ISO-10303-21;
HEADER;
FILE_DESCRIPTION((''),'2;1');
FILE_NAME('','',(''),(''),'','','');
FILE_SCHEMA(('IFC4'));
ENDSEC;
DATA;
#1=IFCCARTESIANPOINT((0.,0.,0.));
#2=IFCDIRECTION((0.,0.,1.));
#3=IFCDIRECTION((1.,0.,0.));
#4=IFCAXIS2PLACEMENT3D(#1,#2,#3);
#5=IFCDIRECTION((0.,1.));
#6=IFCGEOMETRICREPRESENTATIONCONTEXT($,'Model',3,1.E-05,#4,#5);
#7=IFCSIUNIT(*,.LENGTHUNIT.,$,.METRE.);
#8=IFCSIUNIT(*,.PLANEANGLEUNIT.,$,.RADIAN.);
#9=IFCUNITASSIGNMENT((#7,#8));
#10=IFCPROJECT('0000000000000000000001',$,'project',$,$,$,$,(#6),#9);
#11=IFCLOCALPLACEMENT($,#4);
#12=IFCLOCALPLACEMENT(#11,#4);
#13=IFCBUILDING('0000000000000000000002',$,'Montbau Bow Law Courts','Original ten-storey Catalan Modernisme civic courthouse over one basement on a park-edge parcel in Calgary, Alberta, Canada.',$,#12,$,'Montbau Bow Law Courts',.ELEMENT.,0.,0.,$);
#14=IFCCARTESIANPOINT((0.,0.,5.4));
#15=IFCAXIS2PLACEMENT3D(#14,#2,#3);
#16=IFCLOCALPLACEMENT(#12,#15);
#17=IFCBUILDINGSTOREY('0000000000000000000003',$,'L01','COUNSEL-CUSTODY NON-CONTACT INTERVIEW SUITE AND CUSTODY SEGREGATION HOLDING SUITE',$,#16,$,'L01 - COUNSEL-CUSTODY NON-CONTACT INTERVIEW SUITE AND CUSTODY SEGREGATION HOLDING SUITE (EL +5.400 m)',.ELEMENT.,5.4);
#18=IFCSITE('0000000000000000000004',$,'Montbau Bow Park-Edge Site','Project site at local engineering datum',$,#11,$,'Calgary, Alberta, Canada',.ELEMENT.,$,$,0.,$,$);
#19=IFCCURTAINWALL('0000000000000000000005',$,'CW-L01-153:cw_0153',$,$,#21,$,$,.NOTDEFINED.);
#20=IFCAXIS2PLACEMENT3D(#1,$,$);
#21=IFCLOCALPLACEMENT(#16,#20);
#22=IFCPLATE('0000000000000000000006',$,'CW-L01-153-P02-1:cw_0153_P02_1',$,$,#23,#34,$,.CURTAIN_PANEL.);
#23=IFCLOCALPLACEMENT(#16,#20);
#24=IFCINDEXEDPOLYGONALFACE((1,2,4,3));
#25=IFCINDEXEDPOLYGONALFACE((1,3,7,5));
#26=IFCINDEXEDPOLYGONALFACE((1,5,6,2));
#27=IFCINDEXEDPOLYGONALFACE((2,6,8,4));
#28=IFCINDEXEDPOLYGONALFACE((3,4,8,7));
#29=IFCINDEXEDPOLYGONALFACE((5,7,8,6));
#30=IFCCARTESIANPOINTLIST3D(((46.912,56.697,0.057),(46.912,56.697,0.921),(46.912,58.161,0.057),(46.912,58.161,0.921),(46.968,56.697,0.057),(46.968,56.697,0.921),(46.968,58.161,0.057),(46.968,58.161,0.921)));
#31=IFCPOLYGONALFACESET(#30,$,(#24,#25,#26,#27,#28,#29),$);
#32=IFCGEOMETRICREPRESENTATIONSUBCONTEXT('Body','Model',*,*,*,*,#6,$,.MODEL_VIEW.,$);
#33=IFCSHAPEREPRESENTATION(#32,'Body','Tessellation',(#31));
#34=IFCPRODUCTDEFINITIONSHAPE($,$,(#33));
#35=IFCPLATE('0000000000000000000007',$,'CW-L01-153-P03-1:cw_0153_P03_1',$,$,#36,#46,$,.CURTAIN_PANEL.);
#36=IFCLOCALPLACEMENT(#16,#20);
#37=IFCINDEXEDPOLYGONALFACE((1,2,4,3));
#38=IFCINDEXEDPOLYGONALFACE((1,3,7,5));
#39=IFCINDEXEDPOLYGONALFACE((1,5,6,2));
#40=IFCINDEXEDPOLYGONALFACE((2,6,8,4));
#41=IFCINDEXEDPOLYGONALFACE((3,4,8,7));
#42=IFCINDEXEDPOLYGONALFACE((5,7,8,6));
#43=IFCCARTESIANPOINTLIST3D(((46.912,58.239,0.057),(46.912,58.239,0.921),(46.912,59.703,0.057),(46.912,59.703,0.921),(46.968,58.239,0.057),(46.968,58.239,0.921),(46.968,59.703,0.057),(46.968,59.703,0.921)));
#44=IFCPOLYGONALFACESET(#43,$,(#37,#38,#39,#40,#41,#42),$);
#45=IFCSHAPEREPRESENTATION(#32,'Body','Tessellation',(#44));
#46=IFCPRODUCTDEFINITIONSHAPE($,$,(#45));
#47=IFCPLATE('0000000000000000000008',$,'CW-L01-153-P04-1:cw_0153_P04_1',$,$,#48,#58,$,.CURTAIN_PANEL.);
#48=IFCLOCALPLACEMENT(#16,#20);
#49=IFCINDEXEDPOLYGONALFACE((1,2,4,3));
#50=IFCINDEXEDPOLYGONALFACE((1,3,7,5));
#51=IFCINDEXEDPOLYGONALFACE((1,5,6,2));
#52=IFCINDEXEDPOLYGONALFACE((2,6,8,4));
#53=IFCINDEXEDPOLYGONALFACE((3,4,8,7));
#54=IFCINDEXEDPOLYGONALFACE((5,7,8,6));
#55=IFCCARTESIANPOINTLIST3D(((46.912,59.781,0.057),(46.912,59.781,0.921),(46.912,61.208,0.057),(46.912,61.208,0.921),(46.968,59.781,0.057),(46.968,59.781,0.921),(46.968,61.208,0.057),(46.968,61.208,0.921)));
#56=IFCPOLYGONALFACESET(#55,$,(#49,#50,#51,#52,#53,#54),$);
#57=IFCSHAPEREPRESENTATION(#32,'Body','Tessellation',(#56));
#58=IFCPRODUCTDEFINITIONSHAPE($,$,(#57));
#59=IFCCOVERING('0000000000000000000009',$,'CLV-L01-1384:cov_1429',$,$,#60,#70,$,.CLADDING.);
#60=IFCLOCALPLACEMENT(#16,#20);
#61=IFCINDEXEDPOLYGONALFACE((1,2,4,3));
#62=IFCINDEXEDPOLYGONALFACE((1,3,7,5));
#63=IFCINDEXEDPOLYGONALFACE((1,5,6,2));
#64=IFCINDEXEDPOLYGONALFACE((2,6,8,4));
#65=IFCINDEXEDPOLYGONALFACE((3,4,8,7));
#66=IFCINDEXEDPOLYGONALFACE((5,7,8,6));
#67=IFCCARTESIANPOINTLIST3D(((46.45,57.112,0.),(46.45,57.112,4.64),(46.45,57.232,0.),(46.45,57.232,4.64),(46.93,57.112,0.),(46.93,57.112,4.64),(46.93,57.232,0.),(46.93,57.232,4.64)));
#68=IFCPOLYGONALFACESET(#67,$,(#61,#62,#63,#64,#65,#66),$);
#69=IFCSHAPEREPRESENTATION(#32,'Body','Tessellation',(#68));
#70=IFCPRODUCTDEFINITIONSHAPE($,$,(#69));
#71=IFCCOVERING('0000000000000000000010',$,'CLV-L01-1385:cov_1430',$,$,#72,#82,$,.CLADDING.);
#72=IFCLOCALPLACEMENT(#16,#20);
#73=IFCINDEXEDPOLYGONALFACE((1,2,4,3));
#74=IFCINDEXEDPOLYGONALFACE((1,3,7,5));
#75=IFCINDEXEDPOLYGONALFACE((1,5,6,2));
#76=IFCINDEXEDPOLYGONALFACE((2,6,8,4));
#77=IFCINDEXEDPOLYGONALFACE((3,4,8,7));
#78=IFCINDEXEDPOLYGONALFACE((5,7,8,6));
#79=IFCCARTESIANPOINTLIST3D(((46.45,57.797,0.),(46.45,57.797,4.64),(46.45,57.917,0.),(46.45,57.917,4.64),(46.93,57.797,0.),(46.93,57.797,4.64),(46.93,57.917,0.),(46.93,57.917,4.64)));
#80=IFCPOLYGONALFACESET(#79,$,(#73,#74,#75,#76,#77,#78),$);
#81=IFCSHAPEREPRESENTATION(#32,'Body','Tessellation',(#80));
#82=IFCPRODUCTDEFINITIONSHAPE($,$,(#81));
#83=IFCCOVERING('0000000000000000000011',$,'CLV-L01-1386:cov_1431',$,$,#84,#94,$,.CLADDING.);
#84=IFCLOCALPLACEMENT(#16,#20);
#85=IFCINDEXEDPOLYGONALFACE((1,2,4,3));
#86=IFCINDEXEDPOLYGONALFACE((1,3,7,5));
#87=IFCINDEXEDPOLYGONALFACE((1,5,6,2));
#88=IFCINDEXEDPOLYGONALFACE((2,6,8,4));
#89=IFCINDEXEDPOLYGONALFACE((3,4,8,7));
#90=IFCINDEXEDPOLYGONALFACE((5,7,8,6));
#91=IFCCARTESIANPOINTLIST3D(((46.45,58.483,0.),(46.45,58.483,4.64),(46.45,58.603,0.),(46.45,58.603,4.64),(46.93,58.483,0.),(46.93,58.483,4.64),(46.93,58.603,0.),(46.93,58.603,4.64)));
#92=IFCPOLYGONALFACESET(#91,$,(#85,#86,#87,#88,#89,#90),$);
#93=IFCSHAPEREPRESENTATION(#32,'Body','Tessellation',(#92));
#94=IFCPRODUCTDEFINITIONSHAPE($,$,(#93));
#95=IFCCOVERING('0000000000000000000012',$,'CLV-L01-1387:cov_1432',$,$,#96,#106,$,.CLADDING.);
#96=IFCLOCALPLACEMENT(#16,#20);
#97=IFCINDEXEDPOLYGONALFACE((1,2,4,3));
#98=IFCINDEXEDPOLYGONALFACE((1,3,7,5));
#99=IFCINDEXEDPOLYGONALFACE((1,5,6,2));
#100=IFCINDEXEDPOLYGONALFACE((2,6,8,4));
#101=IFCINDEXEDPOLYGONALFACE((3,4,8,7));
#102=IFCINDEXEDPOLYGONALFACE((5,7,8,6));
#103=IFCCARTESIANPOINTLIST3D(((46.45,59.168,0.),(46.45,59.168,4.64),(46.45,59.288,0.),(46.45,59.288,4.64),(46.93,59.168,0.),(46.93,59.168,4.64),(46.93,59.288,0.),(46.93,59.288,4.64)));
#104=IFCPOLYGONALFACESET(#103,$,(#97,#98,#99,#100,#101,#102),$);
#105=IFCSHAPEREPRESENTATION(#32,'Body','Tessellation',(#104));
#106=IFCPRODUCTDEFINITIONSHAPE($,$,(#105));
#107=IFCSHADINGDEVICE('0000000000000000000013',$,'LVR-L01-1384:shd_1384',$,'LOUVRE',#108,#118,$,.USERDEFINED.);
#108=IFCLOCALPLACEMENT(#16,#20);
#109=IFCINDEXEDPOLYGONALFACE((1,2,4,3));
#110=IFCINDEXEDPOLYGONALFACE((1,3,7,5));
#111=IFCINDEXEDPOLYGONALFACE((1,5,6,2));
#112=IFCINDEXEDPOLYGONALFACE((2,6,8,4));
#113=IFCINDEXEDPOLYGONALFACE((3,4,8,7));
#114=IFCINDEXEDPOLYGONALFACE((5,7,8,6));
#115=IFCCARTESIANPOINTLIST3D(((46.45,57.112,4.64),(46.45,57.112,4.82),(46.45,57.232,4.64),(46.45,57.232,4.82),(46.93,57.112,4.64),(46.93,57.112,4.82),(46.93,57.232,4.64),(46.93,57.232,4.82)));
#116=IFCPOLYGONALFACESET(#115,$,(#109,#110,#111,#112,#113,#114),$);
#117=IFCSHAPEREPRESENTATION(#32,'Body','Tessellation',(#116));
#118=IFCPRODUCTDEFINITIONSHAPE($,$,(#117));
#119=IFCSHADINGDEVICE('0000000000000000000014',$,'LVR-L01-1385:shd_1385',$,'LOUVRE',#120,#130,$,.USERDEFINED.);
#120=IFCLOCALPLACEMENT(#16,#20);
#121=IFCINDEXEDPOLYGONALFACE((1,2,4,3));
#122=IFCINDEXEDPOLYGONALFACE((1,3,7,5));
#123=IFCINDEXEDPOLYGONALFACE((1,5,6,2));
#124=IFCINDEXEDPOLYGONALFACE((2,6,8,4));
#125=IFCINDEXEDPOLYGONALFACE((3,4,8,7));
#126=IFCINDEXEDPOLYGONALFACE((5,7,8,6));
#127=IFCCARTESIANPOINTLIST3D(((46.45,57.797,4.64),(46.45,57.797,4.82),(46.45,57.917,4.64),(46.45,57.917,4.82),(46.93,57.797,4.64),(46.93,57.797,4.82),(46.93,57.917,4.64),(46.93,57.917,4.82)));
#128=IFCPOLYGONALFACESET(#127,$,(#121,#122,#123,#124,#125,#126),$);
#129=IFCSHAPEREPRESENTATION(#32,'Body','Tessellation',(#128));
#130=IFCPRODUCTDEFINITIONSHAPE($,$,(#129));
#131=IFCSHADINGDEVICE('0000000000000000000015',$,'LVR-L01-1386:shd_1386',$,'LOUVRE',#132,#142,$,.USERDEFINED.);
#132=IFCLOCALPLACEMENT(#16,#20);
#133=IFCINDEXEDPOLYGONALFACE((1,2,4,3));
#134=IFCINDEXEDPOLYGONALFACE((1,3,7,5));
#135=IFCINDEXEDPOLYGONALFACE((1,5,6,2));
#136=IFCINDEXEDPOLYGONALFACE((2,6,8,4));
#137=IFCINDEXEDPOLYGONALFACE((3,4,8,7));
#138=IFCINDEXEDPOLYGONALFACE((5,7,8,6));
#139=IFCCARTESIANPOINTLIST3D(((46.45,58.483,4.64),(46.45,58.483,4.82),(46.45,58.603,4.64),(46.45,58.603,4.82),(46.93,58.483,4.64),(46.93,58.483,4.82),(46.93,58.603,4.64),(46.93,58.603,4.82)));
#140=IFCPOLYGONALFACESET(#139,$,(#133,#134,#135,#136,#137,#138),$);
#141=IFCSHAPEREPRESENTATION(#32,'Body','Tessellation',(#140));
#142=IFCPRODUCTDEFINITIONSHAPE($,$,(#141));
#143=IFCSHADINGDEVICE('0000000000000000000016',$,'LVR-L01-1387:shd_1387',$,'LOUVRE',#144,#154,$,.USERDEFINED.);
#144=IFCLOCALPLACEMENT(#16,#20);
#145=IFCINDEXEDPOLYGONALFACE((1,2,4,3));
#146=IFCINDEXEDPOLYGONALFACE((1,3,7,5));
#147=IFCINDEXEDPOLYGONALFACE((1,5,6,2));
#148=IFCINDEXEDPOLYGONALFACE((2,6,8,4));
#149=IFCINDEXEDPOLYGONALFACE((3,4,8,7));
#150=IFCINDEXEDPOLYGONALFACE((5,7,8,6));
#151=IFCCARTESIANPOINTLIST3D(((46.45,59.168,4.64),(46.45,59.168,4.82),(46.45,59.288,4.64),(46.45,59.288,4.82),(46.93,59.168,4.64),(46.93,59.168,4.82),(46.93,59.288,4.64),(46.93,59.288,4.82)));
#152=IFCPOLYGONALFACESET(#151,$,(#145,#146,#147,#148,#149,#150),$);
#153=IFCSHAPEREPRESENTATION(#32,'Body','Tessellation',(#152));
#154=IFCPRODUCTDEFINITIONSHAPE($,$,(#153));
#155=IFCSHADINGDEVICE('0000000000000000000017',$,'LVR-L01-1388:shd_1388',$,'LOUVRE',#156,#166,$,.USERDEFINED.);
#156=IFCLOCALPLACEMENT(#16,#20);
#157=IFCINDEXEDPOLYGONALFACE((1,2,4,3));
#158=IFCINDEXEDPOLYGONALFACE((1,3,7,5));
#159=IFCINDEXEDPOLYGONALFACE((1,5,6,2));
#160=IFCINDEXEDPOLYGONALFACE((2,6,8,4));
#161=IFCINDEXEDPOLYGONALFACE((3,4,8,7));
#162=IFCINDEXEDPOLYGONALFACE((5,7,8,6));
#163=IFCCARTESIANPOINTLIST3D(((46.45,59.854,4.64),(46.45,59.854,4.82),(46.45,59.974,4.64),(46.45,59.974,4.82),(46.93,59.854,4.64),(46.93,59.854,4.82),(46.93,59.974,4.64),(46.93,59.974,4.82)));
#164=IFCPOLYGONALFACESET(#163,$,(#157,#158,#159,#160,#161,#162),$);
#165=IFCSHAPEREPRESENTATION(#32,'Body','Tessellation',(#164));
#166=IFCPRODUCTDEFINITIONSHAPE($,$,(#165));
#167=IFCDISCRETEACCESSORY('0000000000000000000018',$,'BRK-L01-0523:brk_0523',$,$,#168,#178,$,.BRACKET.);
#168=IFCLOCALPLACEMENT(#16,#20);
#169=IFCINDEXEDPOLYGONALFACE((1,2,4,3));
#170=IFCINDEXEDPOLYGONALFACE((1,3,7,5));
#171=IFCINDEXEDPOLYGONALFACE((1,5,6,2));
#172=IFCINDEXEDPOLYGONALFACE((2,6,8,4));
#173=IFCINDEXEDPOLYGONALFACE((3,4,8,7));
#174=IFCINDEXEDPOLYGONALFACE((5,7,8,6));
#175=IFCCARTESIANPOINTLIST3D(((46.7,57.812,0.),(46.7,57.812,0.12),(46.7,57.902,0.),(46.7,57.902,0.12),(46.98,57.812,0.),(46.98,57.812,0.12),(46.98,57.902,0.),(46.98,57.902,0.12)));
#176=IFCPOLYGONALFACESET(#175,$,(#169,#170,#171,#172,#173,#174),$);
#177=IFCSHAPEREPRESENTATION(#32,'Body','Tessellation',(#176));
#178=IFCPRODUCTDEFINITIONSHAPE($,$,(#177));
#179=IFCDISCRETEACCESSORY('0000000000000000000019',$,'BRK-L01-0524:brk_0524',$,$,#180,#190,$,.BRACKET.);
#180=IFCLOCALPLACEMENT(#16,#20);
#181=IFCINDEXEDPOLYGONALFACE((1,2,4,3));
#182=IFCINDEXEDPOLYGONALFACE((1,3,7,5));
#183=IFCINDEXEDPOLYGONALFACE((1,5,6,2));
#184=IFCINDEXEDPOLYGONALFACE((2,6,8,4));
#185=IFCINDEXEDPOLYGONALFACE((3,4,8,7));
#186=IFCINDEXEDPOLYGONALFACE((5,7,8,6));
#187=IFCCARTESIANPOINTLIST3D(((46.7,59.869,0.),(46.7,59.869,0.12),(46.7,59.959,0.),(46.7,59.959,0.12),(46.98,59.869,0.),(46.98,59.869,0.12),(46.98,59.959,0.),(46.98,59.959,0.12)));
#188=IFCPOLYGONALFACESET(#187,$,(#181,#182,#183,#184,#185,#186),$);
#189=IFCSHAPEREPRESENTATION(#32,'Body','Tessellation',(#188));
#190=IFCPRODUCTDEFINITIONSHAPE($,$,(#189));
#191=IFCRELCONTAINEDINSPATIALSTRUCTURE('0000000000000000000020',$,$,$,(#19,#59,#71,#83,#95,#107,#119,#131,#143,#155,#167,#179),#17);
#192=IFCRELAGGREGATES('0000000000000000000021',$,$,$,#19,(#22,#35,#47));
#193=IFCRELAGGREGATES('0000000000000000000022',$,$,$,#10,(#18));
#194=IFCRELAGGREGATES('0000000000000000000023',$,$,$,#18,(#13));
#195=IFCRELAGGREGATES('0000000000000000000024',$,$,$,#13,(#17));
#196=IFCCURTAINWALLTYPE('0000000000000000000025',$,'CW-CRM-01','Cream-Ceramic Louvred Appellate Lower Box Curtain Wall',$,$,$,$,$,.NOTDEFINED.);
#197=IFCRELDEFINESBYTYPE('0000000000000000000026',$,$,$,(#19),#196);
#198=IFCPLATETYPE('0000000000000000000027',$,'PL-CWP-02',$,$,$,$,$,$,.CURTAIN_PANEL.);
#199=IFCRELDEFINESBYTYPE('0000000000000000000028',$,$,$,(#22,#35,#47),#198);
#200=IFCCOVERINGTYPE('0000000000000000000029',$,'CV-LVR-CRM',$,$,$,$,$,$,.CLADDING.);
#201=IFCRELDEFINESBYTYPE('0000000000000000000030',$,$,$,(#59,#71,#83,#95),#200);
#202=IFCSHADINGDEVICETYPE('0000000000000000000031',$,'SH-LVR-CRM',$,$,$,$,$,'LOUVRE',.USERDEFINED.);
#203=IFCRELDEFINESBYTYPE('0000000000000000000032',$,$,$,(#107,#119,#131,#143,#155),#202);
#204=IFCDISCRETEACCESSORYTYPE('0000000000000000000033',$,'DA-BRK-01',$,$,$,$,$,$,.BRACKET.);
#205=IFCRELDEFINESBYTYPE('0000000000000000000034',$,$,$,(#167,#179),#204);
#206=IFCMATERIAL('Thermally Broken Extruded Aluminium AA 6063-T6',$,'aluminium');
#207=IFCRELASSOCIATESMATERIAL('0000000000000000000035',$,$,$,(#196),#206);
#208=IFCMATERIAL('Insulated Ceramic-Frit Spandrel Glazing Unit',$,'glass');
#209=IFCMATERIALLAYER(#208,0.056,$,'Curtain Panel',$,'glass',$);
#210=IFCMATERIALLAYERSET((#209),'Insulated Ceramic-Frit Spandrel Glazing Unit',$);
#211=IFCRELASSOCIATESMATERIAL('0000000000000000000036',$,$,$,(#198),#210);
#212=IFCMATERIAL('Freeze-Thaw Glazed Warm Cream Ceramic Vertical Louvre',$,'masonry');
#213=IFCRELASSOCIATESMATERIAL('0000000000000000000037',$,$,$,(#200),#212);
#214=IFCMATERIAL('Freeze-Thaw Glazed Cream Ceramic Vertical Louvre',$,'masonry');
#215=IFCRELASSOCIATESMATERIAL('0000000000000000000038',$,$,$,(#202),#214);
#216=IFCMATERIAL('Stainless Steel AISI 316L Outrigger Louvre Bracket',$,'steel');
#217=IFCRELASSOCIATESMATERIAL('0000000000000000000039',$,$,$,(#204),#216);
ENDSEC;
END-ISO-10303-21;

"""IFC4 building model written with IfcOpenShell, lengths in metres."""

from ifc_helpers import new_model, si_unit, direction, frame, frame_2d, origin_with_axes, origin_2d_with_axis, place, context, subcontext, project, spatial, rectangle, extrude, material, layer, layer_set, type_object, element, aggregate, save


model = new_model("IFC4")

# Units and contexts
model_context = context("Model", 3, precision=1e-05, world=origin_with_axes(), true_north=direction((0.0, 1.0)))
body_context = subcontext(model_context, "Body", "Model", "MODEL_VIEW")
ifc_project = project(units=[si_unit("LENGTHUNIT", "METRE"), si_unit("PLANEANGLEUNIT", "RADIAN")], contexts=[model_context])

# Site, building, storey
site_placement = place(None, origin_with_axes())
site = spatial("IfcSite", under=ifc_project, at=site_placement, Name="Montbau Bow Park-Edge Site", Description="Project site at local engineering datum", LongName="Calgary, Alberta, Canada", CompositionType="ELEMENT", RefElevation=0.0)
building_placement = place(site_placement, origin_with_axes())
building = spatial("IfcBuilding", under=site, at=building_placement, Name="Montbau Bow Law Courts", Description="Original ten-storey Catalan Modernisme civic courthouse over one basement on a park-edge parcel in Calgary, Alberta, Canada.", LongName="Montbau Bow Law Courts", CompositionType="ELEMENT", ElevationOfRefHeight=0.0, ElevationOfTerrain=0.0)
storey_placement = place(building_placement, frame((0.0, 0.0, 5.4), z_axis=(0.0, 0.0, 1.0), x_axis=(1.0, 0.0, 0.0)))
storey = spatial("IfcBuildingStorey", under=building, at=storey_placement, Name="L01", Description="COUNSEL-CUSTODY NON-CONTACT INTERVIEW SUITE AND CUSTODY SEGREGATION HOLDING SUITE", LongName="L01 - COUNSEL-CUSTODY NON-CONTACT INTERVIEW SUITE AND CUSTODY SEGREGATION HOLDING SUITE (EL +5.400 m)", CompositionType="ELEMENT", Elevation=5.4)

# Curtain wall, plates
ifc_material_1 = material(Name="Thermally Broken Extruded Aluminium AA 6063-T6", Category="aluminium")
curtain_wall_type = type_object("IfcCurtainWallType", Name="CW-CRM-01", Description="Cream-Ceramic Louvred Appellate Lower Box Curtain Wall", PredefinedType="NOTDEFINED", material=ifc_material_1)
curtain_wall_placement = place(None, frame((46.94, 55.115, 5.4), z_axis=(0.0, 0.0, 1.0), x_axis=(1.0, 0.0, 0.0)))
curtain_wall = element("IfcCurtainWall", 1, at=curtain_wall_placement, inside=storey, type_object=curtain_wall_type, Name="CW-L01-153:cw_0153", PredefinedType="NOTDEFINED")
ifc_material_2 = material(Name="Insulated Ceramic-Frit Spandrel Glazing Unit", Category="glass")
ifc_layer_1 = layer(ifc_material_2, 0.056, Name="Curtain Panel", Category="glass")
ifc_layer_set_1 = layer_set([ifc_layer_1], Name="Insulated Ceramic-Frit Spandrel Glazing Unit")
plate_type_1 = type_object("IfcPlateType", Name="PL-CWP-02", PredefinedType="CURTAIN_PANEL", material=ifc_layer_set_1)
plate_1_placement = place(None, frame((46.94, 56.697, 5.457), z_axis=(1.0, 0.0, 0.0), x_axis=(0.0, 1.0, 0.0)))
plate_1 = element("IfcPlate", 2, at=plate_1_placement, type_object=plate_type_1, Name="CW-L01-153-P02-1:cw_0153_P02_1", PredefinedType="CURTAIN_PANEL", context=body_context, shape_type="SweptSolid", body=[
    extrude(rectangle(XDim=1.464, YDim=0.864, at=frame_2d((0.732, 0.432), x_axis=(1.0, 0.0))), frame((0.0, 0.0, -0.028), z_axis=(0.0, 0.0, 1.0), x_axis=(1.0, 0.0, 0.0)), (0.0, 0.0, 1.0), 0.056),
])
plate_2_placement = place(None, frame((46.94, 58.239, 5.457), z_axis=(1.0, 0.0, 0.0), x_axis=(0.0, 1.0, 0.0)))
plate_2 = element("IfcPlate", 3, at=plate_2_placement, type_object=plate_type_1, Name="CW-L01-153-P03-1:cw_0153_P03_1", PredefinedType="CURTAIN_PANEL", context=body_context, shape_type="SweptSolid", body=[
    extrude(rectangle(XDim=1.464, YDim=0.864, at=frame_2d((0.732, 0.432), x_axis=(1.0, 0.0))), frame((0.0, 0.0, -0.028), z_axis=(0.0, 0.0, 1.0), x_axis=(1.0, 0.0, 0.0)), (0.0, 0.0, 1.0), 0.056),
])
plate_3_placement = place(None, frame((46.94, 59.781, 5.457), z_axis=(1.0, 0.0, 0.0), x_axis=(0.0, 1.0, 0.0)))
plate_3 = element("IfcPlate", 4, at=plate_3_placement, type_object=plate_type_1, Name="CW-L01-153-P04-1:cw_0153_P04_1", PredefinedType="CURTAIN_PANEL", context=body_context, shape_type="SweptSolid", body=[
    extrude(rectangle(XDim=1.427, YDim=0.864, at=frame_2d((0.7135, 0.432), x_axis=(1.0, 0.0))), frame((0.0, 0.0, -0.028), z_axis=(0.0, 0.0, 1.0), x_axis=(1.0, 0.0, 0.0)), (0.0, 0.0, 1.0), 0.056),
])
aggregate(curtain_wall, [plate_1, plate_2, plate_3])

# Coverings
ifc_material_3 = material(Name="Freeze-Thaw Glazed Warm Cream Ceramic Vertical Louvre", Category="masonry")
covering_type = type_object("IfcCoveringType", Name="CV-LVR-CRM", PredefinedType="CLADDING", material=ifc_material_3)
for number, where, z_axis, x_axis, name in (
    (5, (46.93, 57.172, 5.4), (0.0, 1.0, 0.0), (-1.0, 0.0, 0.0), "CLV-L01-1384:cov_1429"),
    (6, (46.93, 57.857, 5.4), (0.0, 1.0, 0.0), (-1.0, 0.0, 0.0), "CLV-L01-1385:cov_1430"),
    (7, (46.93, 58.543, 5.4), (0.0, 1.0, 0.0), (-1.0, 0.0, 0.0), "CLV-L01-1386:cov_1431"),
    (8, (46.93, 59.228, 5.4), (0.0, 1.0, 0.0), (-1.0, 0.0, 0.0), "CLV-L01-1387:cov_1432"),
):
    element("IfcCovering", number, at=place(None, frame(where, z_axis=z_axis, x_axis=x_axis)), inside=storey, type_object=covering_type, Name=name, PredefinedType="CLADDING", context=body_context, shape_type="SweptSolid", body=[
        extrude(rectangle(XDim=0.48, YDim=4.64, at=frame_2d((0.24, 2.32), x_axis=(1.0, 0.0))), frame((0.0, 0.0, -0.06), z_axis=(0.0, 0.0, 1.0), x_axis=(1.0, 0.0, 0.0)), (0.0, 0.0, 1.0), 0.12),
    ])

# Shading devices
ifc_material_4 = material(Name="Freeze-Thaw Glazed Cream Ceramic Vertical Louvre", Category="masonry")
shading_device_type = type_object("IfcShadingDeviceType", Name="SH-LVR-CRM", ElementType="LOUVRE", PredefinedType="USERDEFINED", material=ifc_material_4)
for number, where, z_axis, x_axis, name in (
    (9, (46.69, 57.172, 10.04), (0.0, 0.0, 1.0), (-1.0, 0.0, 0.0), "LVR-L01-1384:shd_1384"),
    (10, (46.69, 57.857, 10.04), (0.0, 0.0, 1.0), (-1.0, 0.0, 0.0), "LVR-L01-1385:shd_1385"),
    (11, (46.69, 58.543, 10.04), (0.0, 0.0, 1.0), (-1.0, 0.0, 0.0), "LVR-L01-1386:shd_1386"),
    (12, (46.69, 59.228, 10.04), (0.0, 0.0, 1.0), (-1.0, 0.0, 0.0), "LVR-L01-1387:shd_1387"),
    (13, (46.69, 59.914, 10.04), (0.0, 0.0, 1.0), (-1.0, 0.0, 0.0), "LVR-L01-1388:shd_1388"),
):
    element("IfcShadingDevice", number, at=place(None, frame(where, z_axis=z_axis, x_axis=x_axis)), inside=storey, type_object=shading_device_type, Name=name, ObjectType="LOUVRE", PredefinedType="USERDEFINED", context=body_context, shape_type="SweptSolid", body=[
        extrude(rectangle(XDim=0.48, YDim=0.12, at=origin_2d_with_axis()), origin_with_axes(), (0.0, 0.0, 1.0), 0.18),
    ])

# Discrete accessories
ifc_material_5 = material(Name="Stainless Steel AISI 316L Outrigger Louvre Bracket", Category="steel")
discrete_accessory_type = type_object("IfcDiscreteAccessoryType", Name="DA-BRK-01", PredefinedType="BRACKET", material=ifc_material_5)
for number, where, z_axis, x_axis, name in (
    (14, (46.84, 57.857, 5.4), (0.0, 0.0, 1.0), (-1.0, 0.0, 0.0), "BRK-L01-0523:brk_0523"),
    (15, (46.84, 59.914, 5.4), (0.0, 0.0, 1.0), (-1.0, 0.0, 0.0), "BRK-L01-0524:brk_0524"),
):
    element("IfcDiscreteAccessory", number, at=place(None, frame(where, z_axis=z_axis, x_axis=x_axis)), inside=storey, type_object=discrete_accessory_type, Name=name, PredefinedType="BRACKET", context=body_context, shape_type="SweptSolid", body=[
        extrude(rectangle(XDim=0.28, YDim=0.09, at=origin_2d_with_axis()), origin_with_axes(), (0.0, 0.0, 1.0), 0.12),
    ])

save(model, "model.ifc")
